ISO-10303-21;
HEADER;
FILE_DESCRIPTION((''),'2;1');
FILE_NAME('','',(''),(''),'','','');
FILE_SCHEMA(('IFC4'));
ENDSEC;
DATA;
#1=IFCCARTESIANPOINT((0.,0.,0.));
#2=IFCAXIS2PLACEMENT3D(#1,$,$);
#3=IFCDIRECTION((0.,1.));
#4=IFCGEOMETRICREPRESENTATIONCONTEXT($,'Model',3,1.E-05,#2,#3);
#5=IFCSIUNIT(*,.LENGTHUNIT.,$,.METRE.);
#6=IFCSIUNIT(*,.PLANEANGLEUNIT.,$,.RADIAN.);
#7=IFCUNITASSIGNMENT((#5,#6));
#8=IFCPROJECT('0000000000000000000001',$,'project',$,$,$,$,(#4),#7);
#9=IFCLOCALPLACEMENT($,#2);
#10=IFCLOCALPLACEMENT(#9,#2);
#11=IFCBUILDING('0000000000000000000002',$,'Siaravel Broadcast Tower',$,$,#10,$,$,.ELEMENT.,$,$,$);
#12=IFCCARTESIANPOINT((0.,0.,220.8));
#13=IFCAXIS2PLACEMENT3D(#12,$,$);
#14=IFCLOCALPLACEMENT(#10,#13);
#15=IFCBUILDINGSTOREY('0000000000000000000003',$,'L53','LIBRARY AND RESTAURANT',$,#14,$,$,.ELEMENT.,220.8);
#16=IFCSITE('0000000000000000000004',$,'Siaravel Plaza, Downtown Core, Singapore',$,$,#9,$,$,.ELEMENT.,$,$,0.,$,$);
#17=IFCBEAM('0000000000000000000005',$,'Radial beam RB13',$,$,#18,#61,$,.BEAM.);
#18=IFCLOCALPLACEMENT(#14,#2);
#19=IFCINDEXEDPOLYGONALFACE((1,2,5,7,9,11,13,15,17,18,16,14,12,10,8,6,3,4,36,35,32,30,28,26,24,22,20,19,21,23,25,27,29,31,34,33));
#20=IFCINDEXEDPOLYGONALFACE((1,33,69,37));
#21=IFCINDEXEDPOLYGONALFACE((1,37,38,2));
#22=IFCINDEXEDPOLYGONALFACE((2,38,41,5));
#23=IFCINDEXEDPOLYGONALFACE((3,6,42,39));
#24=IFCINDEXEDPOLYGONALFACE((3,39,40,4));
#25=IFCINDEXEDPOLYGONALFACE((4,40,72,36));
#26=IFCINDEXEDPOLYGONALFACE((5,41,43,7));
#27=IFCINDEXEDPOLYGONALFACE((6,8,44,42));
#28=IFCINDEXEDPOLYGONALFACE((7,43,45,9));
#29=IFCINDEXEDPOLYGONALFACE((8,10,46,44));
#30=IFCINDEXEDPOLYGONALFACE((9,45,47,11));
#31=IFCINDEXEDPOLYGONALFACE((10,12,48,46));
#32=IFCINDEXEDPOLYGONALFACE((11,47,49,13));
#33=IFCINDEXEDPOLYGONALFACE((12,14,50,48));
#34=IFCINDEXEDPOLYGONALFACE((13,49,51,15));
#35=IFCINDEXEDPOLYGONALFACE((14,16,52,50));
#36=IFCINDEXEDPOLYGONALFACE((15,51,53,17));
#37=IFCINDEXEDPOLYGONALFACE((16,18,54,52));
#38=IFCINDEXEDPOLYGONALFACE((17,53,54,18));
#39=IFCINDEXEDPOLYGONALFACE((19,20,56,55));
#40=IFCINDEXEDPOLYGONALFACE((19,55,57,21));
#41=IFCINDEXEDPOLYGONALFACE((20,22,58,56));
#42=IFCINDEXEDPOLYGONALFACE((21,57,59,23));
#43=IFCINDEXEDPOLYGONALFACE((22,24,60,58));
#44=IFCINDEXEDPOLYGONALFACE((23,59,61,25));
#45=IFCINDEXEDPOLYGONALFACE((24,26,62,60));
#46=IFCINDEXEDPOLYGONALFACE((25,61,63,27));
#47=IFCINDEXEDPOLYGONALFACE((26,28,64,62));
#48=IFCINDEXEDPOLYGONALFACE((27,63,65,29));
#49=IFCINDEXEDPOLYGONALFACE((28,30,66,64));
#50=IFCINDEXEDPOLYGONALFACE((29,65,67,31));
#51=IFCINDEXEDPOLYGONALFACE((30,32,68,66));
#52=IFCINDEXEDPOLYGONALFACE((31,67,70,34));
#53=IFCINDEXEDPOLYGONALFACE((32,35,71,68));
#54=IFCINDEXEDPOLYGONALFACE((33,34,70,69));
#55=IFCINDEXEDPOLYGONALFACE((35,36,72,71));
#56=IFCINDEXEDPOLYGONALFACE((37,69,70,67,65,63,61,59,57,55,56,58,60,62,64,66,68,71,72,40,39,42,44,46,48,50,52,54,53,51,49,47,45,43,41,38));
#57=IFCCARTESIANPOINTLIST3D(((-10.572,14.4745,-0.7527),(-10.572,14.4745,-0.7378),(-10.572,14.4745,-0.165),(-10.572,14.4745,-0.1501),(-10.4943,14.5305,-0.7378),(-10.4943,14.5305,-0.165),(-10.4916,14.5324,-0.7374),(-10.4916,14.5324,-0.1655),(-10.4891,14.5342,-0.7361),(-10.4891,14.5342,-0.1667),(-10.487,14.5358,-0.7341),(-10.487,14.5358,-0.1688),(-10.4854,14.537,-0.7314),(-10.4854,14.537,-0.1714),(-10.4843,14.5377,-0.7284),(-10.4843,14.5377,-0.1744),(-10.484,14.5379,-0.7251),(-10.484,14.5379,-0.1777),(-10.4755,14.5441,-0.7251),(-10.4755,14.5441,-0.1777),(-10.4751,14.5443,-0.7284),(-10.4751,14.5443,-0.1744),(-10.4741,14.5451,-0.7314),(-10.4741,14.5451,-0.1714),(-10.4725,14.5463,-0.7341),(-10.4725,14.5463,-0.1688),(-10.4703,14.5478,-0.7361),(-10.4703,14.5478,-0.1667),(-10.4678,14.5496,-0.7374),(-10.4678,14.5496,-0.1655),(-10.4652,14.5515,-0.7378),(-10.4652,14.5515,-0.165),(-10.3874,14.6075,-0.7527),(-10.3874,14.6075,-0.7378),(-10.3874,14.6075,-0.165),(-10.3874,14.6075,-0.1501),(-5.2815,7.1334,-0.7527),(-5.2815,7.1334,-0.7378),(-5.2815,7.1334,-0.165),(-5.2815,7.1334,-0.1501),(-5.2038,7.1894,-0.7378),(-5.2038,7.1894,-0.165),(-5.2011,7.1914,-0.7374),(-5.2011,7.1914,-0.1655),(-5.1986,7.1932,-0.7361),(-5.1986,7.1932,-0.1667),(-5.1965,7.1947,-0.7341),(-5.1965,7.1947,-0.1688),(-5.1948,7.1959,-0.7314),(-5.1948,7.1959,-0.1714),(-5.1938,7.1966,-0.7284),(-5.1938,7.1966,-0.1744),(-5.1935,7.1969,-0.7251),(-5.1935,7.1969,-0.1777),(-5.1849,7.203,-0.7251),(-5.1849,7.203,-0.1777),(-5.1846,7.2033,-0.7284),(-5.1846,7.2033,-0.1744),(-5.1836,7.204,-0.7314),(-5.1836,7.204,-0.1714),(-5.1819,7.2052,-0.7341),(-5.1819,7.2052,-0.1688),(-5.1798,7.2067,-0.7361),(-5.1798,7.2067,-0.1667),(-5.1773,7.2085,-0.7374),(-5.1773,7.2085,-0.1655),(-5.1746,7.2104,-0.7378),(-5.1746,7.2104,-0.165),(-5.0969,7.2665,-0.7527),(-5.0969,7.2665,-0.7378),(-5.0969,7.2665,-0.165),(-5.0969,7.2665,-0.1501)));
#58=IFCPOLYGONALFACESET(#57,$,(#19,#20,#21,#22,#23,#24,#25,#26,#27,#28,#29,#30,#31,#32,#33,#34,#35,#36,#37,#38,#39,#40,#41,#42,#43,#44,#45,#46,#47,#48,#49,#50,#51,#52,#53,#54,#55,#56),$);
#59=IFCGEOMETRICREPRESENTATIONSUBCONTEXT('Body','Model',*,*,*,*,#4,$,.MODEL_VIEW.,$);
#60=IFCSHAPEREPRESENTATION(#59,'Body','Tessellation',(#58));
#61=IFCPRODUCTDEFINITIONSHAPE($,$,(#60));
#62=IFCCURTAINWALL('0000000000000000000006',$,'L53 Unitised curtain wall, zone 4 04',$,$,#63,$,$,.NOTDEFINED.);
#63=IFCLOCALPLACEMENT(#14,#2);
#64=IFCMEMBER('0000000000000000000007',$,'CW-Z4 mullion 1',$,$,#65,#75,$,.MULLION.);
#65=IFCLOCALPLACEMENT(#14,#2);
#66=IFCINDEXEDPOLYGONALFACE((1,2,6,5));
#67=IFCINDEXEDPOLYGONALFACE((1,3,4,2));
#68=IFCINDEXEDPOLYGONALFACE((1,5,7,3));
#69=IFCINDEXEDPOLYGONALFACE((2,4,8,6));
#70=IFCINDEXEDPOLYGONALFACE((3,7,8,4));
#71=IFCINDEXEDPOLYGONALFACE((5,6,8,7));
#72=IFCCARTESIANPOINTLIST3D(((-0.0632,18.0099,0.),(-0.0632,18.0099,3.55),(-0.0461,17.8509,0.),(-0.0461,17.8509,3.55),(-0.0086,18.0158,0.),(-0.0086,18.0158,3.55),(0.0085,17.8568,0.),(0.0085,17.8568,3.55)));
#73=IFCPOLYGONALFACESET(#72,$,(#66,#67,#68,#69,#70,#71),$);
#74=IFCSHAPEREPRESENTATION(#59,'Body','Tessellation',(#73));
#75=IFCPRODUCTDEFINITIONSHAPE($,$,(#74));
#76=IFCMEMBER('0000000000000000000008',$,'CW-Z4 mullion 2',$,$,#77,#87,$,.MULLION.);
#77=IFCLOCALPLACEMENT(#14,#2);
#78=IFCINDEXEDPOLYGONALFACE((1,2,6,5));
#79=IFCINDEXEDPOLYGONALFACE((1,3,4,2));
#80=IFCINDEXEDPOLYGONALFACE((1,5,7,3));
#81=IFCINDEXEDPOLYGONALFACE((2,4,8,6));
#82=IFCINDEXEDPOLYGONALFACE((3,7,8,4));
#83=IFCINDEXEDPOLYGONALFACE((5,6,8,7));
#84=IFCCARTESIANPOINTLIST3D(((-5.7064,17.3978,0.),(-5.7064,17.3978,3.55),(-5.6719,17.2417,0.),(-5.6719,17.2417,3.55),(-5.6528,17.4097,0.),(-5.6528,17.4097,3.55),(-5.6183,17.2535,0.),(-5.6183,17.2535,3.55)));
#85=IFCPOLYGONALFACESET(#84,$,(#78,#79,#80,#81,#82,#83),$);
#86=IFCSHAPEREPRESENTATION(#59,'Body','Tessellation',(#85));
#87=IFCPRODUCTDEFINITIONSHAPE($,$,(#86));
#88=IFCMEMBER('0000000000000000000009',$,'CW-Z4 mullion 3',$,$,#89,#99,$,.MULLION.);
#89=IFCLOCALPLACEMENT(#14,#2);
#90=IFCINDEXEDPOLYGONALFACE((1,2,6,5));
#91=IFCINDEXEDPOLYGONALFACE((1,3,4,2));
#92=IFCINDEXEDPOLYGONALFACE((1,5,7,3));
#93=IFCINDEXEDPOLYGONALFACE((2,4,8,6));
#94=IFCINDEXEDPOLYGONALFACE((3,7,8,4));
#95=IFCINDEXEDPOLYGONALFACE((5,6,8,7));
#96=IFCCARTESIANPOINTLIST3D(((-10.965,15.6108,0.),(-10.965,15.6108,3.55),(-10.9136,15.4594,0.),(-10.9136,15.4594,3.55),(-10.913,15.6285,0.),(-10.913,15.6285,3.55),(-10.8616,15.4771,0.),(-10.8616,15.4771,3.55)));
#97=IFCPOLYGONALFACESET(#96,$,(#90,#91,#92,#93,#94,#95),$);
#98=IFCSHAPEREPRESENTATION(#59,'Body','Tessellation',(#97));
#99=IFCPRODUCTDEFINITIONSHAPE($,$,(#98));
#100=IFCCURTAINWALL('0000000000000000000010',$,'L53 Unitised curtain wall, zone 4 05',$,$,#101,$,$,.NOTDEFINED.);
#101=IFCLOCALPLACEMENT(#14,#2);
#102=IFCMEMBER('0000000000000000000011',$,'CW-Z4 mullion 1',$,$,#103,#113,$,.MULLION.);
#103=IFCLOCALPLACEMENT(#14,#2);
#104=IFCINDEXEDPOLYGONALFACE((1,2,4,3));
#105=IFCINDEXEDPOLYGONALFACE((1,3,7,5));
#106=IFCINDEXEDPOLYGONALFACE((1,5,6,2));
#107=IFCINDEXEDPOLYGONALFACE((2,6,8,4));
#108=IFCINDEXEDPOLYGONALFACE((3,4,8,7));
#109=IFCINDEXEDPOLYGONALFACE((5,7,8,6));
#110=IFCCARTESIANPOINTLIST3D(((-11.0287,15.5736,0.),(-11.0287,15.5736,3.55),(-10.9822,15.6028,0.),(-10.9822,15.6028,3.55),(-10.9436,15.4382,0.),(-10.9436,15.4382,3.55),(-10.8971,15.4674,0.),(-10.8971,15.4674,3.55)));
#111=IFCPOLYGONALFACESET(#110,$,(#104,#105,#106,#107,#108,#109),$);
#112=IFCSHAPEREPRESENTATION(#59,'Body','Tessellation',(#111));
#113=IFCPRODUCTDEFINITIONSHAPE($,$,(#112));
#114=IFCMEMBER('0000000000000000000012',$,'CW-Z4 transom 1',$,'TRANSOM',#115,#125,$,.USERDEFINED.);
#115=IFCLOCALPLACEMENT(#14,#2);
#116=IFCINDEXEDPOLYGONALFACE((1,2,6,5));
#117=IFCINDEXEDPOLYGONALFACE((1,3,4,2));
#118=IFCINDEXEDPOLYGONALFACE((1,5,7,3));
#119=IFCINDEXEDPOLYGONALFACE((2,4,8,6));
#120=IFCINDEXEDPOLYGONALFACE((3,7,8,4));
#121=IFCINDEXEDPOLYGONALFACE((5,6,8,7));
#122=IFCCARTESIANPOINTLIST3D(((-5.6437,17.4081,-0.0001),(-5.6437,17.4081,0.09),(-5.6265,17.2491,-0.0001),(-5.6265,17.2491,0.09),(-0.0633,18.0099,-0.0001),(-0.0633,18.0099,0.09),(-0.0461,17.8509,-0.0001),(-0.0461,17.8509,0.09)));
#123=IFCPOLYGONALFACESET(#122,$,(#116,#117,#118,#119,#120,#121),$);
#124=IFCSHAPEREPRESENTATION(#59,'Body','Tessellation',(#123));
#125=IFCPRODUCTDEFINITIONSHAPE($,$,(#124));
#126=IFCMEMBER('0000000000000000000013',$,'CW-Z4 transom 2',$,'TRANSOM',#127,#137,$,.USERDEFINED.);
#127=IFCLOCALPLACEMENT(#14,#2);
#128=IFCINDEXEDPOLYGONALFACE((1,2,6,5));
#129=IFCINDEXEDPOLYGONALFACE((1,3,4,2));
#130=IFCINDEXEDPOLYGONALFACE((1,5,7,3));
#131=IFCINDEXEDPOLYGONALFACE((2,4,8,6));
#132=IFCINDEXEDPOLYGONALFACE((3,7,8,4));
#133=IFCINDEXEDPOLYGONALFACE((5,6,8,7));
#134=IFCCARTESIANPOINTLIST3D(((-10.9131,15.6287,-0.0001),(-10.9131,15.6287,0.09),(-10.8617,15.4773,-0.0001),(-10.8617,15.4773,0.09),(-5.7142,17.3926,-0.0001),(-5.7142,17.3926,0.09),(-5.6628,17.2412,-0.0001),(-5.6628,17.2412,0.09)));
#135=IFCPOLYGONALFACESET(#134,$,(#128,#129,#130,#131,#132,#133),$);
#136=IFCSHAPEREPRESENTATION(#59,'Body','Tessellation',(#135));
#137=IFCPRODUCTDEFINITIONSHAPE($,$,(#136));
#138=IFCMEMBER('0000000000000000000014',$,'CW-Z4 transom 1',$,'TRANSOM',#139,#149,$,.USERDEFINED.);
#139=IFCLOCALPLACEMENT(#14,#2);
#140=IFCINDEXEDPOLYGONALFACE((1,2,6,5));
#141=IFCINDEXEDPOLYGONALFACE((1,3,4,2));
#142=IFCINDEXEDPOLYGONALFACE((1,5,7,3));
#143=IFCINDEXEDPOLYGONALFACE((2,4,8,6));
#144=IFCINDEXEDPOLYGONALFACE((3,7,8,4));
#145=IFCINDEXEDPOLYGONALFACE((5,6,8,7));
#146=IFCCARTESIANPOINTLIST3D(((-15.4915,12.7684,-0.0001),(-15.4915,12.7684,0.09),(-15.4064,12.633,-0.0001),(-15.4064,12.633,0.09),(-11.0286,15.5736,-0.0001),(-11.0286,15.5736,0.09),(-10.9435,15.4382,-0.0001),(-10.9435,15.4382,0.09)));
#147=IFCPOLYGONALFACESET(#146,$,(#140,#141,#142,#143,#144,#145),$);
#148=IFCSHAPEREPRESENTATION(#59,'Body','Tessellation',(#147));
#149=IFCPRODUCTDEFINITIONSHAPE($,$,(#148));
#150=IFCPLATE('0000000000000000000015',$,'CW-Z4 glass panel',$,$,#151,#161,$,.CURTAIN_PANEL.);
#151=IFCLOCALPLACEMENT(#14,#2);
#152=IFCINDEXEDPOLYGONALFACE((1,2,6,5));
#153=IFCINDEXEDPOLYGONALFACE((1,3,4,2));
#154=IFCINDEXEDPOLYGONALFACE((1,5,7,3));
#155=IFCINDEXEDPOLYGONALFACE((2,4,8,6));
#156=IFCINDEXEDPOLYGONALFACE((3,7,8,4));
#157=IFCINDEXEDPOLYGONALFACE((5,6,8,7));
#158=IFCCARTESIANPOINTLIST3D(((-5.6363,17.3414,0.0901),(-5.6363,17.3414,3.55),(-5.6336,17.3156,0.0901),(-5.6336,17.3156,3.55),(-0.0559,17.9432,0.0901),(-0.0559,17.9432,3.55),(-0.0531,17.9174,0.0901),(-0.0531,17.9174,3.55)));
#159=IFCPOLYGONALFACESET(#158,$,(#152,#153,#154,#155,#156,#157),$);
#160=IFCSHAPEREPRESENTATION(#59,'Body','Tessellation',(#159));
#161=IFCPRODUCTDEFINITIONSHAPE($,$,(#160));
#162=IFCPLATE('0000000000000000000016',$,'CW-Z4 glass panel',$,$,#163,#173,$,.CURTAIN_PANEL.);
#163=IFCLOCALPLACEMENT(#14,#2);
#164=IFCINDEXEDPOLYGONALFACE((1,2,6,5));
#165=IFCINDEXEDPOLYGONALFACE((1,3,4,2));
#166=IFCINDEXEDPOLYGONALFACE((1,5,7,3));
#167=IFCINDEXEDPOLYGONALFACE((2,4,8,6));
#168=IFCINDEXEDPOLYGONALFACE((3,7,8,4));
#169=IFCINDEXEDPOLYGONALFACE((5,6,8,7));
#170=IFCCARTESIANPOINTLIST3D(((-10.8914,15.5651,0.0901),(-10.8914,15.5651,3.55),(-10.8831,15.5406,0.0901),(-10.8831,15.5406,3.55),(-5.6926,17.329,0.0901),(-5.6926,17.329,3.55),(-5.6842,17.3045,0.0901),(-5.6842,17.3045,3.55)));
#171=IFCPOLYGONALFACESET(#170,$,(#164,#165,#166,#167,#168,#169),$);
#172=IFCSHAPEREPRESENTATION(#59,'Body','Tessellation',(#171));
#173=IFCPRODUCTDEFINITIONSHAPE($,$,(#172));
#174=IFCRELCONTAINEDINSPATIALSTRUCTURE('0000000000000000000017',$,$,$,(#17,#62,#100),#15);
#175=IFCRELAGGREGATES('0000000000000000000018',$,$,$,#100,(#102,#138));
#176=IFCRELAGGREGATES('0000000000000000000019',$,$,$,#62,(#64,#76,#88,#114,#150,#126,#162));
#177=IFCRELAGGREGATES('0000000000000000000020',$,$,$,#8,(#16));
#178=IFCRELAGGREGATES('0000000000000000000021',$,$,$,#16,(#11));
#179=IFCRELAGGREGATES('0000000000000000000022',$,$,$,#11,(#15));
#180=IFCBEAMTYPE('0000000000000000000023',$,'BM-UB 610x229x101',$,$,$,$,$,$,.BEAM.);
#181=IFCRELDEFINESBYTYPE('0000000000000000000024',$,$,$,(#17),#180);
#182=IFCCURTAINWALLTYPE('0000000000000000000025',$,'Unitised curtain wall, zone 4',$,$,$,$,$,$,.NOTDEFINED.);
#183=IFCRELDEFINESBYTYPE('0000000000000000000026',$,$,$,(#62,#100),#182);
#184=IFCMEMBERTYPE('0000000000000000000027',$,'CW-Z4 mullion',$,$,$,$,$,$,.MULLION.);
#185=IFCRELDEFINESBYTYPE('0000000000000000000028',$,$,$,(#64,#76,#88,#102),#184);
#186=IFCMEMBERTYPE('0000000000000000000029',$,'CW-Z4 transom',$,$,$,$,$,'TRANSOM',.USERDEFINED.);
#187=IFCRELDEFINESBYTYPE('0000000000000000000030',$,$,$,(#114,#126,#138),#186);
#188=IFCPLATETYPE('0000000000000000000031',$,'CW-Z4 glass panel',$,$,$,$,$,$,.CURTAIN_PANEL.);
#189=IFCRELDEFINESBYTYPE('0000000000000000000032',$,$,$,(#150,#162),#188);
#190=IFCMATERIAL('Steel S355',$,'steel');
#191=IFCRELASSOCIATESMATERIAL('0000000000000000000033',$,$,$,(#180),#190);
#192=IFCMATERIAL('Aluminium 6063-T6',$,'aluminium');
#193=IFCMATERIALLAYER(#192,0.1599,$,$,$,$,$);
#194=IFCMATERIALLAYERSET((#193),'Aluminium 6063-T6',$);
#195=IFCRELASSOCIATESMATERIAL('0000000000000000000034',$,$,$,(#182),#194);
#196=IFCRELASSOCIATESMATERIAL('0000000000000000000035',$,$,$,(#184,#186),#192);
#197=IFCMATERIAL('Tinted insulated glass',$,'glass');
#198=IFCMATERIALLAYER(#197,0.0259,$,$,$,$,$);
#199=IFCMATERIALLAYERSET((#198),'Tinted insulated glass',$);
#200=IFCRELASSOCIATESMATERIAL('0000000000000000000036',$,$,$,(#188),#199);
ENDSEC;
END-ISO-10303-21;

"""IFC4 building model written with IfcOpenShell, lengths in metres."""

from ifc_helpers import new_model, si_unit, direction, frame, origin, origin_2d, place, context, subcontext, project, spatial, rectangle, i_section, extrude, material, layer, layer_set, material_profile, profile_set, type_object, element, aggregate, save


model = new_model("IFC4")

# Units and contexts
model_context = context("Model", 3, precision=1e-05, world=origin(), true_north=direction((0.0, 1.0)))
body_context = subcontext(model_context, "Body", "Model", "MODEL_VIEW")
ifc_project = project(units=[si_unit("LENGTHUNIT", "METRE"), si_unit("PLANEANGLEUNIT", "RADIAN")], contexts=[model_context])

# Site, building, storey
site_placement = place(None, origin())
site = spatial("IfcSite", under=ifc_project, at=site_placement, Name="Siaravel Plaza, Downtown Core, Singapore", CompositionType="ELEMENT", RefElevation=0.0)
building_placement = place(site_placement, origin())
building = spatial("IfcBuilding", under=site, at=building_placement, Name="Siaravel Broadcast Tower", CompositionType="ELEMENT")
storey_placement = place(building_placement, frame((0.0, 0.0, 220.8)))
storey = spatial("IfcBuildingStorey", under=building, at=storey_placement, Name="L53", Description="LIBRARY AND RESTAURANT", CompositionType="ELEMENT", Elevation=220.8)

# Beam
ifc_material_1 = material(Name="Steel S355", Category="steel")
ifc_material_profile_1 = material_profile(ifc_material_1, i_section(OverallWidth=0.2275, OverallDepth=0.6025, WebThickness=0.0105, FlangeThickness=0.0149, FilletRadius=0.0127, at=origin_2d()))
ifc_profile_set_1 = profile_set([ifc_material_profile_1], Name="Steel S355")
beam_type = type_object("IfcBeamType", Name="BM-UB 610x229x101", PredefinedType="BEAM", material=ifc_profile_set_1)
beam_1_placement = place(storey_placement, frame((-10.4797, 14.541, -0.4514), z_axis=(0.584666, -0.811274, 0.0), x_axis=(0.811274, 0.584666, 0.0)))
element("IfcBeam", 1, at=beam_1_placement, inside=storey, type_object=beam_type, Name="Radial beam RB13", PredefinedType="BEAM", context=body_context, shape_type="SweptSolid", body=[
    extrude(i_section(OverallWidth=0.2275, OverallDepth=0.6025, WebThickness=0.0105, FlangeThickness=0.0149, FilletRadius=0.0127, at=origin_2d()), origin(), (0.0, 0.0, 1.0), 9.0488),
])

# Curtain wall, members
ifc_material_2 = material(Name="Aluminium 6063-T6", Category="aluminium")
ifc_layer_1 = layer(ifc_material_2, 0.1599)
ifc_layer_set_1 = layer_set([ifc_layer_1], Name="Aluminium 6063-T6")
curtain_wall_type = type_object("IfcCurtainWallType", Name="Unitised curtain wall, zone 4", PredefinedType="NOTDEFINED", material=ifc_layer_set_1)
curtain_wall_1_placement = place(storey_placement, origin())
curtain_wall_1 = element("IfcCurtainWall", 2, at=curtain_wall_1_placement, inside=storey, type_object=curtain_wall_type, Name="L53 Unitised curtain wall, zone 4 04", PredefinedType="NOTDEFINED")
ifc_material_profile_2 = material_profile(ifc_material_2, rectangle(XDim=0.1599, YDim=0.0549, at=origin_2d()))
ifc_profile_set_2 = profile_set([ifc_material_profile_2], Name="Aluminium 6063-T6")
member_type_1 = type_object("IfcMemberType", Name="CW-Z4 mullion", PredefinedType="MULLION", material=ifc_profile_set_2)
member_1_placement = place(storey_placement, frame((-0.0273, 17.9333, 0.0), z_axis=(0.0, 0.0, 1.0), x_axis=(0.107218, -0.994236, 0.0)))
member_1 = element("IfcMember", 3, at=member_1_placement, type_object=member_type_1, Name="CW-Z4 mullion 1", PredefinedType="MULLION", context=body_context, shape_type="SweptSolid", body=[
    extrude(rectangle(XDim=0.1599, YDim=0.0549, at=origin_2d()), origin(), (0.0, 0.0, 1.0), 3.55),
])
member_2_placement = place(storey_placement, frame((-5.6624, 17.3257, 0.0), z_axis=(0.0, 0.0, 1.0), x_axis=(0.215558, -0.976491, 0.0)))
member_2 = element("IfcMember", 4, at=member_2_placement, type_object=member_type_1, Name="CW-Z4 mullion 2", PredefinedType="MULLION", context=body_context, shape_type="SweptSolid", body=[
    extrude(rectangle(XDim=0.1599, YDim=0.0549, at=origin_2d()), origin(), (0.0, 0.0, 1.0), 3.55),
])
member_3_placement = place(storey_placement, frame((-10.9133, 15.5439, 0.0), z_axis=(0.0, 0.0, 1.0), x_axis=(0.321301, -0.946977, 0.0)))
member_3 = element("IfcMember", 5, at=member_3_placement, type_object=member_type_1, Name="CW-Z4 mullion 3", PredefinedType="MULLION", context=body_context, shape_type="SweptSolid", body=[
    extrude(rectangle(XDim=0.1599, YDim=0.0549, at=origin_2d()), origin(), (0.0, 0.0, 1.0), 3.55),
])

# Curtain wall, member
curtain_wall_2_placement = place(storey_placement, origin())
curtain_wall_2 = element("IfcCurtainWall", 6, at=curtain_wall_2_placement, inside=storey, type_object=curtain_wall_type, Name="L53 Unitised curtain wall, zone 4 05", PredefinedType="NOTDEFINED")
member_4_placement = place(storey_placement, frame((-10.9629, 15.5205, 0.0), z_axis=(0.0, 0.0, 1.0), x_axis=(0.53215, -0.84665, 0.0)))
member_4 = element("IfcMember", 7, at=member_4_placement, type_object=member_type_1, Name="CW-Z4 mullion 1", PredefinedType="MULLION", context=body_context, shape_type="SweptSolid", body=[
    extrude(rectangle(XDim=0.1599, YDim=0.0549, at=origin_2d()), origin(), (0.0, 0.0, 1.0), 3.55),
])

# Members
ifc_material_profile_3 = material_profile(ifc_material_2, rectangle(XDim=0.1599, YDim=0.0901, at=origin_2d()))
ifc_profile_set_3 = profile_set([ifc_material_profile_3], Name="Aluminium 6063-T6")
member_type_2 = type_object("IfcMemberType", Name="CW-Z4 transom", ElementType="TRANSOM", PredefinedType="USERDEFINED", material=ifc_profile_set_3)
member_5_placement = place(storey_placement, frame((-0.0547, 17.9304, 0.0449), z_axis=(-0.994235, -0.107223, 0.0), x_axis=(0.107223, -0.994235, 0.0)))
member_5 = element("IfcMember", 8, at=member_5_placement, type_object=member_type_2, Name="CW-Z4 transom 1", ObjectType="TRANSOM", PredefinedType="USERDEFINED", context=body_context, shape_type="SweptSolid", body=[
    extrude(rectangle(XDim=0.1599, YDim=0.0901, at=origin_2d()), origin(), (0.0, 0.0, 1.0), 5.6128),
])
member_6_placement = place(storey_placement, frame((-5.6885, 17.3169, 0.0449), z_axis=(-0.94698, -0.321293, 0.0), x_axis=(0.321293, -0.94698, 0.0)))
member_6 = element("IfcMember", 9, at=member_6_placement, type_object=member_type_2, Name="CW-Z4 transom 2", ObjectType="TRANSOM", PredefinedType="USERDEFINED", context=body_context, shape_type="SweptSolid", body=[
    extrude(rectangle(XDim=0.1599, YDim=0.0901, at=origin_2d()), origin(), (0.0, 0.0, 1.0), 5.49),
])
member_7_placement = place(storey_placement, frame((-10.9861, 15.5059, 0.0449), z_axis=(-0.846643, -0.532162, 0.0), x_axis=(0.532162, -0.846643, 0.0)))
member_7 = element("IfcMember", 10, at=member_7_placement, type_object=member_type_2, Name="CW-Z4 transom 1", ObjectType="TRANSOM", PredefinedType="USERDEFINED", context=body_context, shape_type="SweptSolid", body=[
    extrude(rectangle(XDim=0.1599, YDim=0.0901, at=origin_2d()), origin(), (0.0, 0.0, 1.0), 5.2712),
])
aggregate(curtain_wall_2, [member_4, member_7])

# Plates
ifc_material_3 = material(Name="Tinted insulated glass", Category="glass")
ifc_layer_2 = layer(ifc_material_3, 0.0259)
ifc_layer_set_2 = layer_set([ifc_layer_2], Name="Tinted insulated glass")
plate_type = type_object("IfcPlateType", Name="CW-Z4 glass panel", PredefinedType="CURTAIN_PANEL", material=ifc_layer_set_2)
plate_1_placement = place(storey_placement, frame((-2.8447, 17.6294, 0.0901), z_axis=(0.0, 0.0, 1.0), x_axis=(-0.994236, -0.107218, 0.0)))
plate_1 = element("IfcPlate", 11, at=plate_1_placement, type_object=plate_type, Name="CW-Z4 glass panel", PredefinedType="CURTAIN_PANEL", context=body_context, shape_type="SweptSolid", body=[
    extrude(rectangle(XDim=5.6128, YDim=0.0259, at=origin_2d()), origin(), (0.0, 0.0, 1.0), 3.46),
])
plate_2_placement = place(storey_placement, frame((-8.2878, 16.4348, 0.0901), z_axis=(0.0, 0.0, 1.0), x_axis=(-0.946977, -0.321301, 0.0)))
plate_2 = element("IfcPlate", 12, at=plate_2_placement, type_object=plate_type, Name="CW-Z4 glass panel", PredefinedType="CURTAIN_PANEL", context=body_context, shape_type="SweptSolid", body=[
    extrude(rectangle(XDim=5.49, YDim=0.0259, at=origin_2d()), origin(), (0.0, 0.0, 1.0), 3.46),
])
aggregate(curtain_wall_1, [member_1, member_2, member_3, member_5, plate_1, member_6, plate_2])

save(model, "model.ifc")
